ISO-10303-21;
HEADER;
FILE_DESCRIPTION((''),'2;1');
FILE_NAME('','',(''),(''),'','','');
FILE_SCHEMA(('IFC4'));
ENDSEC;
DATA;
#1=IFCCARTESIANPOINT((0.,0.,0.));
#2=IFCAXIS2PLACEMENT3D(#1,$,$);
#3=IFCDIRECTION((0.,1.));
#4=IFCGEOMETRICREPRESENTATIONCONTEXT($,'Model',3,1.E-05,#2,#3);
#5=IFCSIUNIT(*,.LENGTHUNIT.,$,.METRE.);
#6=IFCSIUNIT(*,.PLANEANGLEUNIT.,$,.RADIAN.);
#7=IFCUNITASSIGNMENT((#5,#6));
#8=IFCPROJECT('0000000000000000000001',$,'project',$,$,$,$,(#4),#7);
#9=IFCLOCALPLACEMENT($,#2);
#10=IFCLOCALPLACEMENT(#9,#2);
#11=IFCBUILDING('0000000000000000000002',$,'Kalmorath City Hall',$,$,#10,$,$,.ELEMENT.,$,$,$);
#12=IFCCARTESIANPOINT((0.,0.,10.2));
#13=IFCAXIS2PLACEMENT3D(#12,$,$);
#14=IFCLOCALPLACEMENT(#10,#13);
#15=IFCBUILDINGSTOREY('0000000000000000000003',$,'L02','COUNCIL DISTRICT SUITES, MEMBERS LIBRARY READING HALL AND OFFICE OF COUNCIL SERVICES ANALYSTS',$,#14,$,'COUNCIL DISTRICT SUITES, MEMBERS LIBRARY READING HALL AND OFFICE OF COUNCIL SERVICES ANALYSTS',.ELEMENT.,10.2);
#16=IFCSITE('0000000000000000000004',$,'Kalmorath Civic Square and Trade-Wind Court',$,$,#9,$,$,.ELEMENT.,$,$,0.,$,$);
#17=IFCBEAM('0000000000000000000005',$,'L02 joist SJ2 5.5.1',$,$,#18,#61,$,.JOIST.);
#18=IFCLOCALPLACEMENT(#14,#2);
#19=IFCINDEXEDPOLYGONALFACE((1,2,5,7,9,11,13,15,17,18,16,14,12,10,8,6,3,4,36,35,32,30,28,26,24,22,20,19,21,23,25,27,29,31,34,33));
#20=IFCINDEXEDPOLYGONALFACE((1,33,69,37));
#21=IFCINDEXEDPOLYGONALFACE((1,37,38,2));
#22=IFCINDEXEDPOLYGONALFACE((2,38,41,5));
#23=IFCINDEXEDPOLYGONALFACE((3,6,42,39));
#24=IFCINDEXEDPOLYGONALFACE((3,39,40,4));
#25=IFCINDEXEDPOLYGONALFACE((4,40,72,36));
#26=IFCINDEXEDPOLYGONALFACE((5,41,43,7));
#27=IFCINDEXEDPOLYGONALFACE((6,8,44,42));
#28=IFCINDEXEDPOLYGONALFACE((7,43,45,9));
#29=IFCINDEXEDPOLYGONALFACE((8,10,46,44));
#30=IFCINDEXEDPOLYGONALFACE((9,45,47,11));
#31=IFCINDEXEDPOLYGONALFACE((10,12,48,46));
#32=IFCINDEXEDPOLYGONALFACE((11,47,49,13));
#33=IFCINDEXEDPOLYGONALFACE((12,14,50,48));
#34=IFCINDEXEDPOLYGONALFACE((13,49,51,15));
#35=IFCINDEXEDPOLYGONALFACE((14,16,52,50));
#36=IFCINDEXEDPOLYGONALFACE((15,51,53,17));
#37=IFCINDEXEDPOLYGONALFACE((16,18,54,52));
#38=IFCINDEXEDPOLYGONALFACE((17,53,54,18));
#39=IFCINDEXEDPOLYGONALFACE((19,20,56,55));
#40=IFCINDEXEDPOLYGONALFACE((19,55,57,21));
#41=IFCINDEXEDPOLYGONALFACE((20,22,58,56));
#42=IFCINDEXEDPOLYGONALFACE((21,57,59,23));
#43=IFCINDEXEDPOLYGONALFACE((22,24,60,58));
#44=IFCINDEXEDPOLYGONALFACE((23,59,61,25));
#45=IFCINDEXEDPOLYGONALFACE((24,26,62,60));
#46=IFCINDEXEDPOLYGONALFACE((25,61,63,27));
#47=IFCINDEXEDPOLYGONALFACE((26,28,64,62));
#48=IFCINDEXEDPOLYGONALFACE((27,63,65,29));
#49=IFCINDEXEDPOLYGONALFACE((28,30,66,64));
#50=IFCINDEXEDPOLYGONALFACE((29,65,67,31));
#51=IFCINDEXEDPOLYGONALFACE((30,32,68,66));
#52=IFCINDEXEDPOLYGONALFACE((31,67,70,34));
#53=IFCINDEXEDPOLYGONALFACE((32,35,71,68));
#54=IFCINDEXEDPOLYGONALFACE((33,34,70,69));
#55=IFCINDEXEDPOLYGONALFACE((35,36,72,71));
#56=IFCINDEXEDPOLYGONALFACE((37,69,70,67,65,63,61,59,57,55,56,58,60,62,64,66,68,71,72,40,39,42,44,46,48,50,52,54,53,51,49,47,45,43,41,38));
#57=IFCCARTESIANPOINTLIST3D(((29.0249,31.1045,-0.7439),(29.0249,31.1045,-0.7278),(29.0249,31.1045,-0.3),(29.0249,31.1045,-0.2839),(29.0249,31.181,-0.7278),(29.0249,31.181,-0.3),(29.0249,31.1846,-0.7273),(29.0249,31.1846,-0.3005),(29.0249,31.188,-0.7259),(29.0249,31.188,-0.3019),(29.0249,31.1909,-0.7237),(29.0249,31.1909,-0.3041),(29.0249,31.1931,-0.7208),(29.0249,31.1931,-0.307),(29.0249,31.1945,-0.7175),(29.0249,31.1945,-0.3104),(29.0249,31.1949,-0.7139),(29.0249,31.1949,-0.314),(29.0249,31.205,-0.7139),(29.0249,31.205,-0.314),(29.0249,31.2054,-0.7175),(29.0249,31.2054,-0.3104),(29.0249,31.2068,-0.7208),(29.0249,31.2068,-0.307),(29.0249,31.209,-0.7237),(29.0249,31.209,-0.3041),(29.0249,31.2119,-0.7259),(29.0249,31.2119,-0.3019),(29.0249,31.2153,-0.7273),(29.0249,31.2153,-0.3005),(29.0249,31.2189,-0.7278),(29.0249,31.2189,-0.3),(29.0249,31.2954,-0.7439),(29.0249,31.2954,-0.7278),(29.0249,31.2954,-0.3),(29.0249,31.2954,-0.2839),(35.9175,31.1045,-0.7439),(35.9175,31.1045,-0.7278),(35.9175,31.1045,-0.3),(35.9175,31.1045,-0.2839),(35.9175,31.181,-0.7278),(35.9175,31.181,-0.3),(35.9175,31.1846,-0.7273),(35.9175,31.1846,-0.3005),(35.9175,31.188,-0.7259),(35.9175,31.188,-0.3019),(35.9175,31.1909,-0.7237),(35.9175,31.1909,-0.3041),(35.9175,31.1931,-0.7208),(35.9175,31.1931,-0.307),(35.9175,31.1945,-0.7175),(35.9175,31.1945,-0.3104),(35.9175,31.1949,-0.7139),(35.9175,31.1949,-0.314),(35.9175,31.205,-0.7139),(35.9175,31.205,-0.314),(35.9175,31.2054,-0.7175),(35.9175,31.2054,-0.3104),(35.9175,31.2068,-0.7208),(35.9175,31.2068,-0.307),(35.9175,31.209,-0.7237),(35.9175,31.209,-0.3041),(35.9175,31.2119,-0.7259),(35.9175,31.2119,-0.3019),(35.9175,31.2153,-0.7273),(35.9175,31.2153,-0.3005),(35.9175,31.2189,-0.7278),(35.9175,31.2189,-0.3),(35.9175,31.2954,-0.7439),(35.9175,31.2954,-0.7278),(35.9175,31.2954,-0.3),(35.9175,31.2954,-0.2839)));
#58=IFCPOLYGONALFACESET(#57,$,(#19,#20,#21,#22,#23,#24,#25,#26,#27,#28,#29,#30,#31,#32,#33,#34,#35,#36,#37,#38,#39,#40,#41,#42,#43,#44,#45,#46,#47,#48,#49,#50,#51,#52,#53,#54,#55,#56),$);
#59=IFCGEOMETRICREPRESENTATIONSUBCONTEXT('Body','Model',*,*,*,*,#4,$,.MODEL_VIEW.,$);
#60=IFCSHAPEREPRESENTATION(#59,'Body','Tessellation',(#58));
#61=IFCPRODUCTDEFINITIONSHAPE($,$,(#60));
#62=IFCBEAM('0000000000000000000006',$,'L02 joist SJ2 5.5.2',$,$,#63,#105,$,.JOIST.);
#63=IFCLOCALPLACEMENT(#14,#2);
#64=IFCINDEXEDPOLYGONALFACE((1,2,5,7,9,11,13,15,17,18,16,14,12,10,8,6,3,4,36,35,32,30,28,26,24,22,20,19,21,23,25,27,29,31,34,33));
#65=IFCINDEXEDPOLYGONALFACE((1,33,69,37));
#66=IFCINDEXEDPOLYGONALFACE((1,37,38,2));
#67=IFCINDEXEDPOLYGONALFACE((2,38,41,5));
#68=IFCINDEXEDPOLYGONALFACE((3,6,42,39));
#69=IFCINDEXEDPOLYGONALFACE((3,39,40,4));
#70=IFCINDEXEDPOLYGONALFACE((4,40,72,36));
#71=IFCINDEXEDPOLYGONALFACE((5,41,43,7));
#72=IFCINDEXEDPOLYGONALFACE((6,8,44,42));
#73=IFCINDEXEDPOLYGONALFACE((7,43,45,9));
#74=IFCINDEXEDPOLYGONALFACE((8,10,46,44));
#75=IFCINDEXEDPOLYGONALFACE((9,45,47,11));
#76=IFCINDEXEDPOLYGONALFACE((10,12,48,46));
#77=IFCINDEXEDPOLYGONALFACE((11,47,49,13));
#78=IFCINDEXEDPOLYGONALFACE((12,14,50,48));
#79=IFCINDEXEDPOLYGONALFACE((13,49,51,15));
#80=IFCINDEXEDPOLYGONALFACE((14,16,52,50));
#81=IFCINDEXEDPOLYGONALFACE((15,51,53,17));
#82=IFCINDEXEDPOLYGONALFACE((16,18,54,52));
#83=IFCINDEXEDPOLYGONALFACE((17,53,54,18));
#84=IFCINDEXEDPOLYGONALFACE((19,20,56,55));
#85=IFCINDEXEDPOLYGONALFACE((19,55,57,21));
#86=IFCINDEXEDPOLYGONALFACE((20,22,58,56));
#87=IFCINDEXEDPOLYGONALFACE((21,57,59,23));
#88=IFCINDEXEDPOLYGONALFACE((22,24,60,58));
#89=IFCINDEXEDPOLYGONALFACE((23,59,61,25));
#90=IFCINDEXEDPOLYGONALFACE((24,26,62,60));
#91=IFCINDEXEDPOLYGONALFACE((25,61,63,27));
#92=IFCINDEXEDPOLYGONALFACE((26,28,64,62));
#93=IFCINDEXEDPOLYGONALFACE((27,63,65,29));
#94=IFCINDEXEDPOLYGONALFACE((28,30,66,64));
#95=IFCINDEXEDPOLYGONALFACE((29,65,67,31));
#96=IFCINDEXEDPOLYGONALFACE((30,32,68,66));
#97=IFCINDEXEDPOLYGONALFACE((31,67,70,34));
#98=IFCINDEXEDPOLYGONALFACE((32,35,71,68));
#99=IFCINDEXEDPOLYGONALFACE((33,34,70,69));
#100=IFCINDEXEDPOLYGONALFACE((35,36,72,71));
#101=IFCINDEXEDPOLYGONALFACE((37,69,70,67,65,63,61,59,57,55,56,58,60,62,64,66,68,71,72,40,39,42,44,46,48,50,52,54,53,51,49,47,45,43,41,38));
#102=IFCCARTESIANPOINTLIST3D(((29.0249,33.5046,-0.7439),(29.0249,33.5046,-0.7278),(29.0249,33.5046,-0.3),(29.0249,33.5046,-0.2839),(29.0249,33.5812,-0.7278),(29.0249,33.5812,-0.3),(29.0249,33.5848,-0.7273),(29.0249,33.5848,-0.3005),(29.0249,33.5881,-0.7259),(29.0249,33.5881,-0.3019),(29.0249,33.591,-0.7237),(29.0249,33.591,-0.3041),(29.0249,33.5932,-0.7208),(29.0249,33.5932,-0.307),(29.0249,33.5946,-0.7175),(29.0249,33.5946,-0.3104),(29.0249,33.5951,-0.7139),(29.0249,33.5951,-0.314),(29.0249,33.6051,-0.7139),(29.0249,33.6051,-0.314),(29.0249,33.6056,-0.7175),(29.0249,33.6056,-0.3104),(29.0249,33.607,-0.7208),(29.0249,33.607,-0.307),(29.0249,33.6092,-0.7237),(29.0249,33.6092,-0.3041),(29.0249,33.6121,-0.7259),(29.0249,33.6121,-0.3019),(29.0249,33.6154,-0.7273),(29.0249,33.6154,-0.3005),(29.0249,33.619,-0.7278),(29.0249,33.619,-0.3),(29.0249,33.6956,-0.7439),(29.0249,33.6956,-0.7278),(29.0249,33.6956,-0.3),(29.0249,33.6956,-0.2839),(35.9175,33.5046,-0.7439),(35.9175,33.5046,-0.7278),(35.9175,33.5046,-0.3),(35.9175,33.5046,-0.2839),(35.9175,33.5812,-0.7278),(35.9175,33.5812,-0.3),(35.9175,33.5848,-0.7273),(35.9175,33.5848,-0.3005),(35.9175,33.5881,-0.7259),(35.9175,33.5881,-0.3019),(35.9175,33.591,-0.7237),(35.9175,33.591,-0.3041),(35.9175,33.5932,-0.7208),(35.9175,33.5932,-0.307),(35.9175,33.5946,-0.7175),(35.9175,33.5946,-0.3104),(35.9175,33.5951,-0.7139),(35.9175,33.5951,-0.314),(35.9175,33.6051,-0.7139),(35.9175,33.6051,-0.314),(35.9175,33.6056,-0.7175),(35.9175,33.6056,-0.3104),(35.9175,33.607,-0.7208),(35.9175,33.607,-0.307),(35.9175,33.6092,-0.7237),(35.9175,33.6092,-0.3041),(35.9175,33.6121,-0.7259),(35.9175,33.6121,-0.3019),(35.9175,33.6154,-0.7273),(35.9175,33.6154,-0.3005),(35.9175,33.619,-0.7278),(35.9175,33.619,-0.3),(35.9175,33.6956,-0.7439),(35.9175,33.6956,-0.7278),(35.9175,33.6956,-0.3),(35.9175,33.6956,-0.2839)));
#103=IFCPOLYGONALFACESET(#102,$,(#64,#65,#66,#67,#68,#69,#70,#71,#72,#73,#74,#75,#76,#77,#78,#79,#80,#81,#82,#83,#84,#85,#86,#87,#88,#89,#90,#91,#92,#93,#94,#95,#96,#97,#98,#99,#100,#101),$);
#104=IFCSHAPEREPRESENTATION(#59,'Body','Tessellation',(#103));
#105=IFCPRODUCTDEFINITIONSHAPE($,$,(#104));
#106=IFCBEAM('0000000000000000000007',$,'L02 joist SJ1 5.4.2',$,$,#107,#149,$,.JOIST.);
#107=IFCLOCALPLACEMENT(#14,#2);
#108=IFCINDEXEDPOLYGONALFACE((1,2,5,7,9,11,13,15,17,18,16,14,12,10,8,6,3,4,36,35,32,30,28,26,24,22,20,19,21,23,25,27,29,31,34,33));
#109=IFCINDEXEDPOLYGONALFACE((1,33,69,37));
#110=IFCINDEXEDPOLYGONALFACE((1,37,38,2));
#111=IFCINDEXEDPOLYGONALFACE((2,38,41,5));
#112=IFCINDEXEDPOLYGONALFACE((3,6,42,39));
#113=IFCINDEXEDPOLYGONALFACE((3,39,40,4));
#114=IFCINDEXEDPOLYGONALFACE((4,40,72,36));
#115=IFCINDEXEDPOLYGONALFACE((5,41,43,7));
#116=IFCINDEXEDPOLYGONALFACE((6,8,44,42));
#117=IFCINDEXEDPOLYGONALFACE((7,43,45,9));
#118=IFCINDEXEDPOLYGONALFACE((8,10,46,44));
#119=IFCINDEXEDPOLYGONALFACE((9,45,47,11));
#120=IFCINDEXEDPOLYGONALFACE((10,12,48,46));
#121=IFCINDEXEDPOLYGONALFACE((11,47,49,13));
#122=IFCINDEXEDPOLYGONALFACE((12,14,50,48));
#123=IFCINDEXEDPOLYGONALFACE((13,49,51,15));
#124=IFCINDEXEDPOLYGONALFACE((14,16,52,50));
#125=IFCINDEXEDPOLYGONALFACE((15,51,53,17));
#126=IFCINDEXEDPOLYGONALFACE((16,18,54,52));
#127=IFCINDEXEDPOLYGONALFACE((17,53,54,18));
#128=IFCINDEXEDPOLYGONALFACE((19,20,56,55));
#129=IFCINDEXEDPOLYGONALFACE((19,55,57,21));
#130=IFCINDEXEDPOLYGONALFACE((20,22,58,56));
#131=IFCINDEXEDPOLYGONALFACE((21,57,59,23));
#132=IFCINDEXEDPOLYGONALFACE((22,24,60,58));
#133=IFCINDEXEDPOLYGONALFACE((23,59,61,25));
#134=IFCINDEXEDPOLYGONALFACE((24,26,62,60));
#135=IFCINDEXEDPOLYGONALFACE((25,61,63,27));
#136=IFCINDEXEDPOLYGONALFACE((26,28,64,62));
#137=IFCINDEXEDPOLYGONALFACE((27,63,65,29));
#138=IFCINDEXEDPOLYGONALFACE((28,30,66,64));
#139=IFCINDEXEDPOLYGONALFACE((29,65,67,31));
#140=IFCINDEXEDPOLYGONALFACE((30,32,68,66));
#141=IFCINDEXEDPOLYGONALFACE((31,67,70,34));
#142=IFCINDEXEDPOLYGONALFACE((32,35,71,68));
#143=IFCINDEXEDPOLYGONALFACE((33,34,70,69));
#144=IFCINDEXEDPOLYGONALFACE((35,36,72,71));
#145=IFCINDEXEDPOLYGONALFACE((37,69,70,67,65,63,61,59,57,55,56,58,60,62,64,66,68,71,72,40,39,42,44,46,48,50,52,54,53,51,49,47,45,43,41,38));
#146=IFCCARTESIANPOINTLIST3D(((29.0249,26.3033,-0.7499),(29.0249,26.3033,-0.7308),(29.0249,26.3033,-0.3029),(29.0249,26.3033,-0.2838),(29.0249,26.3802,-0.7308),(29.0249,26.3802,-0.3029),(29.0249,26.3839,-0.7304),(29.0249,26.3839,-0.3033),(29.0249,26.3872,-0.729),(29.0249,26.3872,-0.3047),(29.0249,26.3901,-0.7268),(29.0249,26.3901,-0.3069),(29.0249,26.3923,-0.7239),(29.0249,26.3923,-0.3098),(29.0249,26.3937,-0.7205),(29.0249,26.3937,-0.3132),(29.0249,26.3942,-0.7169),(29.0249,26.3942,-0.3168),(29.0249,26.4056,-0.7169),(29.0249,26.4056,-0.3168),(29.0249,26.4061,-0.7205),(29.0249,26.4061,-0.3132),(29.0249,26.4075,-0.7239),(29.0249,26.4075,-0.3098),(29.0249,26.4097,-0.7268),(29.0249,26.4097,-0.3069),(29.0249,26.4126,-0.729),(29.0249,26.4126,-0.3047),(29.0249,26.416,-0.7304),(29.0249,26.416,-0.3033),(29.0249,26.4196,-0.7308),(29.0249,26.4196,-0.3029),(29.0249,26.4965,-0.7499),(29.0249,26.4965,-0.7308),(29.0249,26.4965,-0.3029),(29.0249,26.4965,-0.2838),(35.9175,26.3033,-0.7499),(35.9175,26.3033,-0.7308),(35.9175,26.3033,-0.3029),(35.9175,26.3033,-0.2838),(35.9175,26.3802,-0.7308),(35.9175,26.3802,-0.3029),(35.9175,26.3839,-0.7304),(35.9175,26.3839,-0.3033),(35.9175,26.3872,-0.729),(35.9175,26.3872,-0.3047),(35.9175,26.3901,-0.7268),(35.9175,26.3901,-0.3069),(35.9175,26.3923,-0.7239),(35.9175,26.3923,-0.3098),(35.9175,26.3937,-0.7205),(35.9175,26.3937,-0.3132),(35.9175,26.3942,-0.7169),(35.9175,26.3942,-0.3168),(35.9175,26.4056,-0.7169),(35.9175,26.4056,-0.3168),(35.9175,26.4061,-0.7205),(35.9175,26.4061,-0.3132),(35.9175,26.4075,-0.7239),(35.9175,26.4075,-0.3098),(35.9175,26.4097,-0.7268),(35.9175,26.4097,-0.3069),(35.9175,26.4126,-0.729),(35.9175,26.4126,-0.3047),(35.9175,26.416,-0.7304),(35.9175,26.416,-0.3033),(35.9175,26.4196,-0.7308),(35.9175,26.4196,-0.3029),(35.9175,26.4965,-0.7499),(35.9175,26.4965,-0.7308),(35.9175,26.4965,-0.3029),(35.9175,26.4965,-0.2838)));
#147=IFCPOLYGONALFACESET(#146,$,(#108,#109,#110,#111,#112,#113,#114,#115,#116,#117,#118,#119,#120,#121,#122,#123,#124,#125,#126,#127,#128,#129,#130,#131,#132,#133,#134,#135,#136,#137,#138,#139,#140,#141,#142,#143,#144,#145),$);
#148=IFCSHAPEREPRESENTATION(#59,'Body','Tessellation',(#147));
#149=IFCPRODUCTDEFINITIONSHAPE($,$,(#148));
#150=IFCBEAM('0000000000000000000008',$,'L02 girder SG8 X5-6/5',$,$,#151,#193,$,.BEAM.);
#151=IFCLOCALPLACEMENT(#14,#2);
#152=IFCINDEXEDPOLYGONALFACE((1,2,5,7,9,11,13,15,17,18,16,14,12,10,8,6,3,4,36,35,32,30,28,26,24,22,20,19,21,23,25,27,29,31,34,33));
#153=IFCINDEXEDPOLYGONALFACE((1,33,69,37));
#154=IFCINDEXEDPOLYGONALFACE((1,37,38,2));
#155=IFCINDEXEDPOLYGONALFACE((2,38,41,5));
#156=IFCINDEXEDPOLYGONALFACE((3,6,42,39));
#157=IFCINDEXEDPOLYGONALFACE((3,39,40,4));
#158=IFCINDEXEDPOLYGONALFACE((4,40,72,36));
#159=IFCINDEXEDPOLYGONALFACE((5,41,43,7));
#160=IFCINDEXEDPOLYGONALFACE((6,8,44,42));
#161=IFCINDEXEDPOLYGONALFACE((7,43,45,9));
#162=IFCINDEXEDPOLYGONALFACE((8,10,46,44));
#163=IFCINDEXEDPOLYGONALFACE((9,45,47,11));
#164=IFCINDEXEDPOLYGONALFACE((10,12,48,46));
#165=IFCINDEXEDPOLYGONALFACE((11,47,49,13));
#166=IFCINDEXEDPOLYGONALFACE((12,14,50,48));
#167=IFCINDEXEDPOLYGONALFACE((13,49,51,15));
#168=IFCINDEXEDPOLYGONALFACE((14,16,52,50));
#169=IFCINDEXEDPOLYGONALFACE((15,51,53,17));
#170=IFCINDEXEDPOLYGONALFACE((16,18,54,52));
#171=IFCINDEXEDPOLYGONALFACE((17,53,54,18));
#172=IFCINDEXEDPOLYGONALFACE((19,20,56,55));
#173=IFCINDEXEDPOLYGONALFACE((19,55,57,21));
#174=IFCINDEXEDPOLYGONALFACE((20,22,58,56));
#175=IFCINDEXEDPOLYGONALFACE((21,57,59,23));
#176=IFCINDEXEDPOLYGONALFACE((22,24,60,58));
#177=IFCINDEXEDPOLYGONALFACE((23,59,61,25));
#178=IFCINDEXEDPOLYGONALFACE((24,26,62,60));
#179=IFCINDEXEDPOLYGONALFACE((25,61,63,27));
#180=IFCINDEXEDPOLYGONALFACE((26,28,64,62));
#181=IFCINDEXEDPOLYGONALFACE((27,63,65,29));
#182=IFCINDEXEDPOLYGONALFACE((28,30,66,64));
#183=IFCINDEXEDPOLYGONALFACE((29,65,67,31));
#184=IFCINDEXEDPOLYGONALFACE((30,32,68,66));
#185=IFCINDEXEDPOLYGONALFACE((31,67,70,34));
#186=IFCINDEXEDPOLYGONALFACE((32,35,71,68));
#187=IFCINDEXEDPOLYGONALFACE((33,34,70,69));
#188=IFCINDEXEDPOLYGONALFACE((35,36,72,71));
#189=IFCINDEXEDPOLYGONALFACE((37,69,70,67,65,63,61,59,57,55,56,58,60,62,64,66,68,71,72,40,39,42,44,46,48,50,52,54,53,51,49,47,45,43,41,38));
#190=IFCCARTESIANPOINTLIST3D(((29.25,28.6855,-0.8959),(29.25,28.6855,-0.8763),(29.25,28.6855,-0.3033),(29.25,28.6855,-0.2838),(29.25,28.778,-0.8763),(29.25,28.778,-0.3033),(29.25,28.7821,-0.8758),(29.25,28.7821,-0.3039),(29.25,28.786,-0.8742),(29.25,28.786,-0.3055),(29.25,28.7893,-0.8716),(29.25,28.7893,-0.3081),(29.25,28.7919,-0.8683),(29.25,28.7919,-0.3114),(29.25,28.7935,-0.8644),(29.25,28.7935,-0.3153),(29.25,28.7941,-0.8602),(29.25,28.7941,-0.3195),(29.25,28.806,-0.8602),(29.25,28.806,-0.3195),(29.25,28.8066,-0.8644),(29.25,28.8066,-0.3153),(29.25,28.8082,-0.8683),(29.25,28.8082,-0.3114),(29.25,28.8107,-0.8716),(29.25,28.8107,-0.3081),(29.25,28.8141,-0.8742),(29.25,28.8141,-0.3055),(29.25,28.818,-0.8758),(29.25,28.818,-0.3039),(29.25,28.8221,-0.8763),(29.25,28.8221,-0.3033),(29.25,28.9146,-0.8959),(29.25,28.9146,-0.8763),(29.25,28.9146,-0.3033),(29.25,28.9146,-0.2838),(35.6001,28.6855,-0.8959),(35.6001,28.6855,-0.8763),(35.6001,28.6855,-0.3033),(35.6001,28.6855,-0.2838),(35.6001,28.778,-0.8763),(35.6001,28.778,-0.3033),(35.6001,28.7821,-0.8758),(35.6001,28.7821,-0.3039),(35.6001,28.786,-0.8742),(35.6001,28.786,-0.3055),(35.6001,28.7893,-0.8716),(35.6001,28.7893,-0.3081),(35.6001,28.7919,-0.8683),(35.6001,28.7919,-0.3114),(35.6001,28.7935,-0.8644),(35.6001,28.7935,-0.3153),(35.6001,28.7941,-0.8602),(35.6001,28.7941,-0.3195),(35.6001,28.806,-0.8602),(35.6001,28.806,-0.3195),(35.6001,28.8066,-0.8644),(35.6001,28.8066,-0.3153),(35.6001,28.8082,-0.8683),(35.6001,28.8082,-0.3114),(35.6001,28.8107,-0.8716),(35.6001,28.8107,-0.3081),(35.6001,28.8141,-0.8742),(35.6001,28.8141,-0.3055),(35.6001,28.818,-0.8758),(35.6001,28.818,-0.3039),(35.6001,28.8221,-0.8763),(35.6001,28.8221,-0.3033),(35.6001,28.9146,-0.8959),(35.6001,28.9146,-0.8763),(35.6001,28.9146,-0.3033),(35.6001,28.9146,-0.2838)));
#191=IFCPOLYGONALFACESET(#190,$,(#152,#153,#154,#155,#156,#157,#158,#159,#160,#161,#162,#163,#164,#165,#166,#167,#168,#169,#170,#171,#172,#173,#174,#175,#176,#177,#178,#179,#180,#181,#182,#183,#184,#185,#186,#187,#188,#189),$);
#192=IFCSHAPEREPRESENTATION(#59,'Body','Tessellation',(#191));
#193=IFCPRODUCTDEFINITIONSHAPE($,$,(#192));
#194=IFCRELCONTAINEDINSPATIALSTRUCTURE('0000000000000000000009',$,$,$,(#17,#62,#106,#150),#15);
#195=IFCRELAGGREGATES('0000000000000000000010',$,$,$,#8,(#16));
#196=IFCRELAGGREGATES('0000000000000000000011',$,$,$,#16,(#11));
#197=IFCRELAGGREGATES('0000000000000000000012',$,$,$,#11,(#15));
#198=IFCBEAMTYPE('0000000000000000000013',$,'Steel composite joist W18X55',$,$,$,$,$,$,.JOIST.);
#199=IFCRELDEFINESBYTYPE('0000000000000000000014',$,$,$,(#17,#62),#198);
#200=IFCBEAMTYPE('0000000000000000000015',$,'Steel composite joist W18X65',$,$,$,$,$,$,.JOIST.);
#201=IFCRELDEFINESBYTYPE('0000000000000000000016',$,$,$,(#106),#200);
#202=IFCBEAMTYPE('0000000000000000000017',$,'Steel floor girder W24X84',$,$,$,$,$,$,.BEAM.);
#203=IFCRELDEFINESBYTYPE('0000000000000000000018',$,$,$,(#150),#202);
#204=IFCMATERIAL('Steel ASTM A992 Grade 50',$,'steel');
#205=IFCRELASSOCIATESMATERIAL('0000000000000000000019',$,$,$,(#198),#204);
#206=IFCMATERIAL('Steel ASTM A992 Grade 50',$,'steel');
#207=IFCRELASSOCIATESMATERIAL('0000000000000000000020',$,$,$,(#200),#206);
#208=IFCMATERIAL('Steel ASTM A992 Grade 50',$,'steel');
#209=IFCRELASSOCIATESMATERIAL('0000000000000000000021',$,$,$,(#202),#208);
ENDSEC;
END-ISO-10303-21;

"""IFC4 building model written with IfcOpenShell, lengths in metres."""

from ifc_helpers import new_model, si_unit, direction, frame, origin, origin_2d, place, context, subcontext, project, spatial, i_section, extrude, material, material_profile, profile_set, type_object, element, save


model = new_model("IFC4")

# Units and contexts
model_context = context("Model", 3, precision=1e-05, world=origin(), true_north=direction((0.0, 1.0)))
body_context = subcontext(model_context, "Body", "Model", "MODEL_VIEW")
ifc_project = project(units=[si_unit("LENGTHUNIT", "METRE"), si_unit("PLANEANGLEUNIT", "RADIAN")], contexts=[model_context])

# Site, building, storey
site_placement = place(None, origin())
site = spatial("IfcSite", under=ifc_project, at=site_placement, Name="Kalmorath Civic Square and Trade-Wind Court", CompositionType="ELEMENT", RefElevation=0.0)
building_placement = place(site_placement, origin())
building = spatial("IfcBuilding", under=site, at=building_placement, Name="Kalmorath City Hall", CompositionType="ELEMENT")
storey_placement = place(building_placement, frame((0.0, 0.0, 10.2)))
storey = spatial("IfcBuildingStorey", under=building, at=storey_placement, Name="L02", Description="COUNCIL DISTRICT SUITES, MEMBERS LIBRARY READING HALL AND OFFICE OF COUNCIL SERVICES ANALYSTS", LongName="COUNCIL DISTRICT SUITES, MEMBERS LIBRARY READING HALL AND OFFICE OF COUNCIL SERVICES ANALYSTS", CompositionType="ELEMENT", Elevation=10.2)

# Beams
ifc_material_1 = material(Name="Steel ASTM A992 Grade 50", Category="steel")
ifc_material_profile_1 = material_profile(ifc_material_1, i_section(OverallWidth=0.1909, OverallDepth=0.46, WebThickness=0.01, FlangeThickness=0.0161, FilletRadius=0.0139, at=origin_2d()), Name="W18X55")
ifc_profile_set_1 = profile_set([ifc_material_profile_1], Name="Steel ASTM A992 Grade 50")
beam_type_1 = type_object("IfcBeamType", Name="Steel composite joist W18X55", PredefinedType="JOIST", material=ifc_profile_set_1)
for number, where, z_axis, x_axis, name in (
    (1, (29.0249, 31.2, -0.5139), (1.0, 0.0, 0.0), (0.0, 1.0, 0.0), "L02 joist SJ2 5.5.1"),
    (2, (29.0249, 33.6001, -0.5139), (1.0, 0.0, 0.0), (0.0, 1.0, 0.0), "L02 joist SJ2 5.5.2"),
):
    element("IfcBeam", number, at=place(storey_placement, frame(where, z_axis=z_axis, x_axis=x_axis)), inside=storey, type_object=beam_type_1, Name=name, PredefinedType="JOIST", context=body_context, shape_type="SweptSolid", body=[
        extrude(i_section(OverallWidth=0.1909, OverallDepth=0.46, WebThickness=0.01, FlangeThickness=0.0161, FilletRadius=0.0139, at=origin_2d()), origin(), (0.0, 0.0, 1.0), 6.8926),
    ])
ifc_material_2 = material(Name="Steel ASTM A992 Grade 50", Category="steel")
ifc_material_profile_2 = material_profile(ifc_material_2, i_section(OverallWidth=0.1931, OverallDepth=0.4661, WebThickness=0.0115, FlangeThickness=0.019, FilletRadius=0.0139, at=origin_2d()), Name="W18X65")
ifc_profile_set_2 = profile_set([ifc_material_profile_2], Name="Steel ASTM A992 Grade 50")
beam_type_2 = type_object("IfcBeamType", Name="Steel composite joist W18X65", PredefinedType="JOIST", material=ifc_profile_set_2)
beam_1_placement = place(storey_placement, frame((29.0249, 26.3999, -0.5168), z_axis=(1.0, 0.0, 0.0), x_axis=(0.0, 1.0, 0.0)))
element("IfcBeam", 3, at=beam_1_placement, inside=storey, type_object=beam_type_2, Name="L02 joist SJ1 5.4.2", PredefinedType="JOIST", context=body_context, shape_type="SweptSolid", body=[
    extrude(i_section(OverallWidth=0.1931, OverallDepth=0.4661, WebThickness=0.0115, FlangeThickness=0.019, FilletRadius=0.0139, at=origin_2d()), origin(), (0.0, 0.0, 1.0), 6.8926),
])
ifc_material_3 = material(Name="Steel ASTM A992 Grade 50", Category="steel")
ifc_material_profile_3 = material_profile(ifc_material_3, i_section(OverallWidth=0.229, OverallDepth=0.6121, WebThickness=0.012, FlangeThickness=0.0195, FilletRadius=0.0161, at=origin_2d()), Name="W24X84")
ifc_profile_set_3 = profile_set([ifc_material_profile_3], Name="Steel ASTM A992 Grade 50")
beam_type_3 = type_object("IfcBeamType", Name="Steel floor girder W24X84", PredefinedType="BEAM", material=ifc_profile_set_3)
beam_2_placement = place(storey_placement, frame((29.25, 28.8, -0.5898), z_axis=(1.0, 0.0, 0.0), x_axis=(0.0, 1.0, 0.0)))
element("IfcBeam", 4, at=beam_2_placement, inside=storey, type_object=beam_type_3, Name="L02 girder SG8 X5-6/5", PredefinedType="BEAM", context=body_context, shape_type="SweptSolid", body=[
    extrude(i_section(OverallWidth=0.229, OverallDepth=0.6121, WebThickness=0.012, FlangeThickness=0.0195, FilletRadius=0.0161, at=origin_2d()), origin(), (0.0, 0.0, 1.0), 6.3501),
])

save(model, "model.ifc")
